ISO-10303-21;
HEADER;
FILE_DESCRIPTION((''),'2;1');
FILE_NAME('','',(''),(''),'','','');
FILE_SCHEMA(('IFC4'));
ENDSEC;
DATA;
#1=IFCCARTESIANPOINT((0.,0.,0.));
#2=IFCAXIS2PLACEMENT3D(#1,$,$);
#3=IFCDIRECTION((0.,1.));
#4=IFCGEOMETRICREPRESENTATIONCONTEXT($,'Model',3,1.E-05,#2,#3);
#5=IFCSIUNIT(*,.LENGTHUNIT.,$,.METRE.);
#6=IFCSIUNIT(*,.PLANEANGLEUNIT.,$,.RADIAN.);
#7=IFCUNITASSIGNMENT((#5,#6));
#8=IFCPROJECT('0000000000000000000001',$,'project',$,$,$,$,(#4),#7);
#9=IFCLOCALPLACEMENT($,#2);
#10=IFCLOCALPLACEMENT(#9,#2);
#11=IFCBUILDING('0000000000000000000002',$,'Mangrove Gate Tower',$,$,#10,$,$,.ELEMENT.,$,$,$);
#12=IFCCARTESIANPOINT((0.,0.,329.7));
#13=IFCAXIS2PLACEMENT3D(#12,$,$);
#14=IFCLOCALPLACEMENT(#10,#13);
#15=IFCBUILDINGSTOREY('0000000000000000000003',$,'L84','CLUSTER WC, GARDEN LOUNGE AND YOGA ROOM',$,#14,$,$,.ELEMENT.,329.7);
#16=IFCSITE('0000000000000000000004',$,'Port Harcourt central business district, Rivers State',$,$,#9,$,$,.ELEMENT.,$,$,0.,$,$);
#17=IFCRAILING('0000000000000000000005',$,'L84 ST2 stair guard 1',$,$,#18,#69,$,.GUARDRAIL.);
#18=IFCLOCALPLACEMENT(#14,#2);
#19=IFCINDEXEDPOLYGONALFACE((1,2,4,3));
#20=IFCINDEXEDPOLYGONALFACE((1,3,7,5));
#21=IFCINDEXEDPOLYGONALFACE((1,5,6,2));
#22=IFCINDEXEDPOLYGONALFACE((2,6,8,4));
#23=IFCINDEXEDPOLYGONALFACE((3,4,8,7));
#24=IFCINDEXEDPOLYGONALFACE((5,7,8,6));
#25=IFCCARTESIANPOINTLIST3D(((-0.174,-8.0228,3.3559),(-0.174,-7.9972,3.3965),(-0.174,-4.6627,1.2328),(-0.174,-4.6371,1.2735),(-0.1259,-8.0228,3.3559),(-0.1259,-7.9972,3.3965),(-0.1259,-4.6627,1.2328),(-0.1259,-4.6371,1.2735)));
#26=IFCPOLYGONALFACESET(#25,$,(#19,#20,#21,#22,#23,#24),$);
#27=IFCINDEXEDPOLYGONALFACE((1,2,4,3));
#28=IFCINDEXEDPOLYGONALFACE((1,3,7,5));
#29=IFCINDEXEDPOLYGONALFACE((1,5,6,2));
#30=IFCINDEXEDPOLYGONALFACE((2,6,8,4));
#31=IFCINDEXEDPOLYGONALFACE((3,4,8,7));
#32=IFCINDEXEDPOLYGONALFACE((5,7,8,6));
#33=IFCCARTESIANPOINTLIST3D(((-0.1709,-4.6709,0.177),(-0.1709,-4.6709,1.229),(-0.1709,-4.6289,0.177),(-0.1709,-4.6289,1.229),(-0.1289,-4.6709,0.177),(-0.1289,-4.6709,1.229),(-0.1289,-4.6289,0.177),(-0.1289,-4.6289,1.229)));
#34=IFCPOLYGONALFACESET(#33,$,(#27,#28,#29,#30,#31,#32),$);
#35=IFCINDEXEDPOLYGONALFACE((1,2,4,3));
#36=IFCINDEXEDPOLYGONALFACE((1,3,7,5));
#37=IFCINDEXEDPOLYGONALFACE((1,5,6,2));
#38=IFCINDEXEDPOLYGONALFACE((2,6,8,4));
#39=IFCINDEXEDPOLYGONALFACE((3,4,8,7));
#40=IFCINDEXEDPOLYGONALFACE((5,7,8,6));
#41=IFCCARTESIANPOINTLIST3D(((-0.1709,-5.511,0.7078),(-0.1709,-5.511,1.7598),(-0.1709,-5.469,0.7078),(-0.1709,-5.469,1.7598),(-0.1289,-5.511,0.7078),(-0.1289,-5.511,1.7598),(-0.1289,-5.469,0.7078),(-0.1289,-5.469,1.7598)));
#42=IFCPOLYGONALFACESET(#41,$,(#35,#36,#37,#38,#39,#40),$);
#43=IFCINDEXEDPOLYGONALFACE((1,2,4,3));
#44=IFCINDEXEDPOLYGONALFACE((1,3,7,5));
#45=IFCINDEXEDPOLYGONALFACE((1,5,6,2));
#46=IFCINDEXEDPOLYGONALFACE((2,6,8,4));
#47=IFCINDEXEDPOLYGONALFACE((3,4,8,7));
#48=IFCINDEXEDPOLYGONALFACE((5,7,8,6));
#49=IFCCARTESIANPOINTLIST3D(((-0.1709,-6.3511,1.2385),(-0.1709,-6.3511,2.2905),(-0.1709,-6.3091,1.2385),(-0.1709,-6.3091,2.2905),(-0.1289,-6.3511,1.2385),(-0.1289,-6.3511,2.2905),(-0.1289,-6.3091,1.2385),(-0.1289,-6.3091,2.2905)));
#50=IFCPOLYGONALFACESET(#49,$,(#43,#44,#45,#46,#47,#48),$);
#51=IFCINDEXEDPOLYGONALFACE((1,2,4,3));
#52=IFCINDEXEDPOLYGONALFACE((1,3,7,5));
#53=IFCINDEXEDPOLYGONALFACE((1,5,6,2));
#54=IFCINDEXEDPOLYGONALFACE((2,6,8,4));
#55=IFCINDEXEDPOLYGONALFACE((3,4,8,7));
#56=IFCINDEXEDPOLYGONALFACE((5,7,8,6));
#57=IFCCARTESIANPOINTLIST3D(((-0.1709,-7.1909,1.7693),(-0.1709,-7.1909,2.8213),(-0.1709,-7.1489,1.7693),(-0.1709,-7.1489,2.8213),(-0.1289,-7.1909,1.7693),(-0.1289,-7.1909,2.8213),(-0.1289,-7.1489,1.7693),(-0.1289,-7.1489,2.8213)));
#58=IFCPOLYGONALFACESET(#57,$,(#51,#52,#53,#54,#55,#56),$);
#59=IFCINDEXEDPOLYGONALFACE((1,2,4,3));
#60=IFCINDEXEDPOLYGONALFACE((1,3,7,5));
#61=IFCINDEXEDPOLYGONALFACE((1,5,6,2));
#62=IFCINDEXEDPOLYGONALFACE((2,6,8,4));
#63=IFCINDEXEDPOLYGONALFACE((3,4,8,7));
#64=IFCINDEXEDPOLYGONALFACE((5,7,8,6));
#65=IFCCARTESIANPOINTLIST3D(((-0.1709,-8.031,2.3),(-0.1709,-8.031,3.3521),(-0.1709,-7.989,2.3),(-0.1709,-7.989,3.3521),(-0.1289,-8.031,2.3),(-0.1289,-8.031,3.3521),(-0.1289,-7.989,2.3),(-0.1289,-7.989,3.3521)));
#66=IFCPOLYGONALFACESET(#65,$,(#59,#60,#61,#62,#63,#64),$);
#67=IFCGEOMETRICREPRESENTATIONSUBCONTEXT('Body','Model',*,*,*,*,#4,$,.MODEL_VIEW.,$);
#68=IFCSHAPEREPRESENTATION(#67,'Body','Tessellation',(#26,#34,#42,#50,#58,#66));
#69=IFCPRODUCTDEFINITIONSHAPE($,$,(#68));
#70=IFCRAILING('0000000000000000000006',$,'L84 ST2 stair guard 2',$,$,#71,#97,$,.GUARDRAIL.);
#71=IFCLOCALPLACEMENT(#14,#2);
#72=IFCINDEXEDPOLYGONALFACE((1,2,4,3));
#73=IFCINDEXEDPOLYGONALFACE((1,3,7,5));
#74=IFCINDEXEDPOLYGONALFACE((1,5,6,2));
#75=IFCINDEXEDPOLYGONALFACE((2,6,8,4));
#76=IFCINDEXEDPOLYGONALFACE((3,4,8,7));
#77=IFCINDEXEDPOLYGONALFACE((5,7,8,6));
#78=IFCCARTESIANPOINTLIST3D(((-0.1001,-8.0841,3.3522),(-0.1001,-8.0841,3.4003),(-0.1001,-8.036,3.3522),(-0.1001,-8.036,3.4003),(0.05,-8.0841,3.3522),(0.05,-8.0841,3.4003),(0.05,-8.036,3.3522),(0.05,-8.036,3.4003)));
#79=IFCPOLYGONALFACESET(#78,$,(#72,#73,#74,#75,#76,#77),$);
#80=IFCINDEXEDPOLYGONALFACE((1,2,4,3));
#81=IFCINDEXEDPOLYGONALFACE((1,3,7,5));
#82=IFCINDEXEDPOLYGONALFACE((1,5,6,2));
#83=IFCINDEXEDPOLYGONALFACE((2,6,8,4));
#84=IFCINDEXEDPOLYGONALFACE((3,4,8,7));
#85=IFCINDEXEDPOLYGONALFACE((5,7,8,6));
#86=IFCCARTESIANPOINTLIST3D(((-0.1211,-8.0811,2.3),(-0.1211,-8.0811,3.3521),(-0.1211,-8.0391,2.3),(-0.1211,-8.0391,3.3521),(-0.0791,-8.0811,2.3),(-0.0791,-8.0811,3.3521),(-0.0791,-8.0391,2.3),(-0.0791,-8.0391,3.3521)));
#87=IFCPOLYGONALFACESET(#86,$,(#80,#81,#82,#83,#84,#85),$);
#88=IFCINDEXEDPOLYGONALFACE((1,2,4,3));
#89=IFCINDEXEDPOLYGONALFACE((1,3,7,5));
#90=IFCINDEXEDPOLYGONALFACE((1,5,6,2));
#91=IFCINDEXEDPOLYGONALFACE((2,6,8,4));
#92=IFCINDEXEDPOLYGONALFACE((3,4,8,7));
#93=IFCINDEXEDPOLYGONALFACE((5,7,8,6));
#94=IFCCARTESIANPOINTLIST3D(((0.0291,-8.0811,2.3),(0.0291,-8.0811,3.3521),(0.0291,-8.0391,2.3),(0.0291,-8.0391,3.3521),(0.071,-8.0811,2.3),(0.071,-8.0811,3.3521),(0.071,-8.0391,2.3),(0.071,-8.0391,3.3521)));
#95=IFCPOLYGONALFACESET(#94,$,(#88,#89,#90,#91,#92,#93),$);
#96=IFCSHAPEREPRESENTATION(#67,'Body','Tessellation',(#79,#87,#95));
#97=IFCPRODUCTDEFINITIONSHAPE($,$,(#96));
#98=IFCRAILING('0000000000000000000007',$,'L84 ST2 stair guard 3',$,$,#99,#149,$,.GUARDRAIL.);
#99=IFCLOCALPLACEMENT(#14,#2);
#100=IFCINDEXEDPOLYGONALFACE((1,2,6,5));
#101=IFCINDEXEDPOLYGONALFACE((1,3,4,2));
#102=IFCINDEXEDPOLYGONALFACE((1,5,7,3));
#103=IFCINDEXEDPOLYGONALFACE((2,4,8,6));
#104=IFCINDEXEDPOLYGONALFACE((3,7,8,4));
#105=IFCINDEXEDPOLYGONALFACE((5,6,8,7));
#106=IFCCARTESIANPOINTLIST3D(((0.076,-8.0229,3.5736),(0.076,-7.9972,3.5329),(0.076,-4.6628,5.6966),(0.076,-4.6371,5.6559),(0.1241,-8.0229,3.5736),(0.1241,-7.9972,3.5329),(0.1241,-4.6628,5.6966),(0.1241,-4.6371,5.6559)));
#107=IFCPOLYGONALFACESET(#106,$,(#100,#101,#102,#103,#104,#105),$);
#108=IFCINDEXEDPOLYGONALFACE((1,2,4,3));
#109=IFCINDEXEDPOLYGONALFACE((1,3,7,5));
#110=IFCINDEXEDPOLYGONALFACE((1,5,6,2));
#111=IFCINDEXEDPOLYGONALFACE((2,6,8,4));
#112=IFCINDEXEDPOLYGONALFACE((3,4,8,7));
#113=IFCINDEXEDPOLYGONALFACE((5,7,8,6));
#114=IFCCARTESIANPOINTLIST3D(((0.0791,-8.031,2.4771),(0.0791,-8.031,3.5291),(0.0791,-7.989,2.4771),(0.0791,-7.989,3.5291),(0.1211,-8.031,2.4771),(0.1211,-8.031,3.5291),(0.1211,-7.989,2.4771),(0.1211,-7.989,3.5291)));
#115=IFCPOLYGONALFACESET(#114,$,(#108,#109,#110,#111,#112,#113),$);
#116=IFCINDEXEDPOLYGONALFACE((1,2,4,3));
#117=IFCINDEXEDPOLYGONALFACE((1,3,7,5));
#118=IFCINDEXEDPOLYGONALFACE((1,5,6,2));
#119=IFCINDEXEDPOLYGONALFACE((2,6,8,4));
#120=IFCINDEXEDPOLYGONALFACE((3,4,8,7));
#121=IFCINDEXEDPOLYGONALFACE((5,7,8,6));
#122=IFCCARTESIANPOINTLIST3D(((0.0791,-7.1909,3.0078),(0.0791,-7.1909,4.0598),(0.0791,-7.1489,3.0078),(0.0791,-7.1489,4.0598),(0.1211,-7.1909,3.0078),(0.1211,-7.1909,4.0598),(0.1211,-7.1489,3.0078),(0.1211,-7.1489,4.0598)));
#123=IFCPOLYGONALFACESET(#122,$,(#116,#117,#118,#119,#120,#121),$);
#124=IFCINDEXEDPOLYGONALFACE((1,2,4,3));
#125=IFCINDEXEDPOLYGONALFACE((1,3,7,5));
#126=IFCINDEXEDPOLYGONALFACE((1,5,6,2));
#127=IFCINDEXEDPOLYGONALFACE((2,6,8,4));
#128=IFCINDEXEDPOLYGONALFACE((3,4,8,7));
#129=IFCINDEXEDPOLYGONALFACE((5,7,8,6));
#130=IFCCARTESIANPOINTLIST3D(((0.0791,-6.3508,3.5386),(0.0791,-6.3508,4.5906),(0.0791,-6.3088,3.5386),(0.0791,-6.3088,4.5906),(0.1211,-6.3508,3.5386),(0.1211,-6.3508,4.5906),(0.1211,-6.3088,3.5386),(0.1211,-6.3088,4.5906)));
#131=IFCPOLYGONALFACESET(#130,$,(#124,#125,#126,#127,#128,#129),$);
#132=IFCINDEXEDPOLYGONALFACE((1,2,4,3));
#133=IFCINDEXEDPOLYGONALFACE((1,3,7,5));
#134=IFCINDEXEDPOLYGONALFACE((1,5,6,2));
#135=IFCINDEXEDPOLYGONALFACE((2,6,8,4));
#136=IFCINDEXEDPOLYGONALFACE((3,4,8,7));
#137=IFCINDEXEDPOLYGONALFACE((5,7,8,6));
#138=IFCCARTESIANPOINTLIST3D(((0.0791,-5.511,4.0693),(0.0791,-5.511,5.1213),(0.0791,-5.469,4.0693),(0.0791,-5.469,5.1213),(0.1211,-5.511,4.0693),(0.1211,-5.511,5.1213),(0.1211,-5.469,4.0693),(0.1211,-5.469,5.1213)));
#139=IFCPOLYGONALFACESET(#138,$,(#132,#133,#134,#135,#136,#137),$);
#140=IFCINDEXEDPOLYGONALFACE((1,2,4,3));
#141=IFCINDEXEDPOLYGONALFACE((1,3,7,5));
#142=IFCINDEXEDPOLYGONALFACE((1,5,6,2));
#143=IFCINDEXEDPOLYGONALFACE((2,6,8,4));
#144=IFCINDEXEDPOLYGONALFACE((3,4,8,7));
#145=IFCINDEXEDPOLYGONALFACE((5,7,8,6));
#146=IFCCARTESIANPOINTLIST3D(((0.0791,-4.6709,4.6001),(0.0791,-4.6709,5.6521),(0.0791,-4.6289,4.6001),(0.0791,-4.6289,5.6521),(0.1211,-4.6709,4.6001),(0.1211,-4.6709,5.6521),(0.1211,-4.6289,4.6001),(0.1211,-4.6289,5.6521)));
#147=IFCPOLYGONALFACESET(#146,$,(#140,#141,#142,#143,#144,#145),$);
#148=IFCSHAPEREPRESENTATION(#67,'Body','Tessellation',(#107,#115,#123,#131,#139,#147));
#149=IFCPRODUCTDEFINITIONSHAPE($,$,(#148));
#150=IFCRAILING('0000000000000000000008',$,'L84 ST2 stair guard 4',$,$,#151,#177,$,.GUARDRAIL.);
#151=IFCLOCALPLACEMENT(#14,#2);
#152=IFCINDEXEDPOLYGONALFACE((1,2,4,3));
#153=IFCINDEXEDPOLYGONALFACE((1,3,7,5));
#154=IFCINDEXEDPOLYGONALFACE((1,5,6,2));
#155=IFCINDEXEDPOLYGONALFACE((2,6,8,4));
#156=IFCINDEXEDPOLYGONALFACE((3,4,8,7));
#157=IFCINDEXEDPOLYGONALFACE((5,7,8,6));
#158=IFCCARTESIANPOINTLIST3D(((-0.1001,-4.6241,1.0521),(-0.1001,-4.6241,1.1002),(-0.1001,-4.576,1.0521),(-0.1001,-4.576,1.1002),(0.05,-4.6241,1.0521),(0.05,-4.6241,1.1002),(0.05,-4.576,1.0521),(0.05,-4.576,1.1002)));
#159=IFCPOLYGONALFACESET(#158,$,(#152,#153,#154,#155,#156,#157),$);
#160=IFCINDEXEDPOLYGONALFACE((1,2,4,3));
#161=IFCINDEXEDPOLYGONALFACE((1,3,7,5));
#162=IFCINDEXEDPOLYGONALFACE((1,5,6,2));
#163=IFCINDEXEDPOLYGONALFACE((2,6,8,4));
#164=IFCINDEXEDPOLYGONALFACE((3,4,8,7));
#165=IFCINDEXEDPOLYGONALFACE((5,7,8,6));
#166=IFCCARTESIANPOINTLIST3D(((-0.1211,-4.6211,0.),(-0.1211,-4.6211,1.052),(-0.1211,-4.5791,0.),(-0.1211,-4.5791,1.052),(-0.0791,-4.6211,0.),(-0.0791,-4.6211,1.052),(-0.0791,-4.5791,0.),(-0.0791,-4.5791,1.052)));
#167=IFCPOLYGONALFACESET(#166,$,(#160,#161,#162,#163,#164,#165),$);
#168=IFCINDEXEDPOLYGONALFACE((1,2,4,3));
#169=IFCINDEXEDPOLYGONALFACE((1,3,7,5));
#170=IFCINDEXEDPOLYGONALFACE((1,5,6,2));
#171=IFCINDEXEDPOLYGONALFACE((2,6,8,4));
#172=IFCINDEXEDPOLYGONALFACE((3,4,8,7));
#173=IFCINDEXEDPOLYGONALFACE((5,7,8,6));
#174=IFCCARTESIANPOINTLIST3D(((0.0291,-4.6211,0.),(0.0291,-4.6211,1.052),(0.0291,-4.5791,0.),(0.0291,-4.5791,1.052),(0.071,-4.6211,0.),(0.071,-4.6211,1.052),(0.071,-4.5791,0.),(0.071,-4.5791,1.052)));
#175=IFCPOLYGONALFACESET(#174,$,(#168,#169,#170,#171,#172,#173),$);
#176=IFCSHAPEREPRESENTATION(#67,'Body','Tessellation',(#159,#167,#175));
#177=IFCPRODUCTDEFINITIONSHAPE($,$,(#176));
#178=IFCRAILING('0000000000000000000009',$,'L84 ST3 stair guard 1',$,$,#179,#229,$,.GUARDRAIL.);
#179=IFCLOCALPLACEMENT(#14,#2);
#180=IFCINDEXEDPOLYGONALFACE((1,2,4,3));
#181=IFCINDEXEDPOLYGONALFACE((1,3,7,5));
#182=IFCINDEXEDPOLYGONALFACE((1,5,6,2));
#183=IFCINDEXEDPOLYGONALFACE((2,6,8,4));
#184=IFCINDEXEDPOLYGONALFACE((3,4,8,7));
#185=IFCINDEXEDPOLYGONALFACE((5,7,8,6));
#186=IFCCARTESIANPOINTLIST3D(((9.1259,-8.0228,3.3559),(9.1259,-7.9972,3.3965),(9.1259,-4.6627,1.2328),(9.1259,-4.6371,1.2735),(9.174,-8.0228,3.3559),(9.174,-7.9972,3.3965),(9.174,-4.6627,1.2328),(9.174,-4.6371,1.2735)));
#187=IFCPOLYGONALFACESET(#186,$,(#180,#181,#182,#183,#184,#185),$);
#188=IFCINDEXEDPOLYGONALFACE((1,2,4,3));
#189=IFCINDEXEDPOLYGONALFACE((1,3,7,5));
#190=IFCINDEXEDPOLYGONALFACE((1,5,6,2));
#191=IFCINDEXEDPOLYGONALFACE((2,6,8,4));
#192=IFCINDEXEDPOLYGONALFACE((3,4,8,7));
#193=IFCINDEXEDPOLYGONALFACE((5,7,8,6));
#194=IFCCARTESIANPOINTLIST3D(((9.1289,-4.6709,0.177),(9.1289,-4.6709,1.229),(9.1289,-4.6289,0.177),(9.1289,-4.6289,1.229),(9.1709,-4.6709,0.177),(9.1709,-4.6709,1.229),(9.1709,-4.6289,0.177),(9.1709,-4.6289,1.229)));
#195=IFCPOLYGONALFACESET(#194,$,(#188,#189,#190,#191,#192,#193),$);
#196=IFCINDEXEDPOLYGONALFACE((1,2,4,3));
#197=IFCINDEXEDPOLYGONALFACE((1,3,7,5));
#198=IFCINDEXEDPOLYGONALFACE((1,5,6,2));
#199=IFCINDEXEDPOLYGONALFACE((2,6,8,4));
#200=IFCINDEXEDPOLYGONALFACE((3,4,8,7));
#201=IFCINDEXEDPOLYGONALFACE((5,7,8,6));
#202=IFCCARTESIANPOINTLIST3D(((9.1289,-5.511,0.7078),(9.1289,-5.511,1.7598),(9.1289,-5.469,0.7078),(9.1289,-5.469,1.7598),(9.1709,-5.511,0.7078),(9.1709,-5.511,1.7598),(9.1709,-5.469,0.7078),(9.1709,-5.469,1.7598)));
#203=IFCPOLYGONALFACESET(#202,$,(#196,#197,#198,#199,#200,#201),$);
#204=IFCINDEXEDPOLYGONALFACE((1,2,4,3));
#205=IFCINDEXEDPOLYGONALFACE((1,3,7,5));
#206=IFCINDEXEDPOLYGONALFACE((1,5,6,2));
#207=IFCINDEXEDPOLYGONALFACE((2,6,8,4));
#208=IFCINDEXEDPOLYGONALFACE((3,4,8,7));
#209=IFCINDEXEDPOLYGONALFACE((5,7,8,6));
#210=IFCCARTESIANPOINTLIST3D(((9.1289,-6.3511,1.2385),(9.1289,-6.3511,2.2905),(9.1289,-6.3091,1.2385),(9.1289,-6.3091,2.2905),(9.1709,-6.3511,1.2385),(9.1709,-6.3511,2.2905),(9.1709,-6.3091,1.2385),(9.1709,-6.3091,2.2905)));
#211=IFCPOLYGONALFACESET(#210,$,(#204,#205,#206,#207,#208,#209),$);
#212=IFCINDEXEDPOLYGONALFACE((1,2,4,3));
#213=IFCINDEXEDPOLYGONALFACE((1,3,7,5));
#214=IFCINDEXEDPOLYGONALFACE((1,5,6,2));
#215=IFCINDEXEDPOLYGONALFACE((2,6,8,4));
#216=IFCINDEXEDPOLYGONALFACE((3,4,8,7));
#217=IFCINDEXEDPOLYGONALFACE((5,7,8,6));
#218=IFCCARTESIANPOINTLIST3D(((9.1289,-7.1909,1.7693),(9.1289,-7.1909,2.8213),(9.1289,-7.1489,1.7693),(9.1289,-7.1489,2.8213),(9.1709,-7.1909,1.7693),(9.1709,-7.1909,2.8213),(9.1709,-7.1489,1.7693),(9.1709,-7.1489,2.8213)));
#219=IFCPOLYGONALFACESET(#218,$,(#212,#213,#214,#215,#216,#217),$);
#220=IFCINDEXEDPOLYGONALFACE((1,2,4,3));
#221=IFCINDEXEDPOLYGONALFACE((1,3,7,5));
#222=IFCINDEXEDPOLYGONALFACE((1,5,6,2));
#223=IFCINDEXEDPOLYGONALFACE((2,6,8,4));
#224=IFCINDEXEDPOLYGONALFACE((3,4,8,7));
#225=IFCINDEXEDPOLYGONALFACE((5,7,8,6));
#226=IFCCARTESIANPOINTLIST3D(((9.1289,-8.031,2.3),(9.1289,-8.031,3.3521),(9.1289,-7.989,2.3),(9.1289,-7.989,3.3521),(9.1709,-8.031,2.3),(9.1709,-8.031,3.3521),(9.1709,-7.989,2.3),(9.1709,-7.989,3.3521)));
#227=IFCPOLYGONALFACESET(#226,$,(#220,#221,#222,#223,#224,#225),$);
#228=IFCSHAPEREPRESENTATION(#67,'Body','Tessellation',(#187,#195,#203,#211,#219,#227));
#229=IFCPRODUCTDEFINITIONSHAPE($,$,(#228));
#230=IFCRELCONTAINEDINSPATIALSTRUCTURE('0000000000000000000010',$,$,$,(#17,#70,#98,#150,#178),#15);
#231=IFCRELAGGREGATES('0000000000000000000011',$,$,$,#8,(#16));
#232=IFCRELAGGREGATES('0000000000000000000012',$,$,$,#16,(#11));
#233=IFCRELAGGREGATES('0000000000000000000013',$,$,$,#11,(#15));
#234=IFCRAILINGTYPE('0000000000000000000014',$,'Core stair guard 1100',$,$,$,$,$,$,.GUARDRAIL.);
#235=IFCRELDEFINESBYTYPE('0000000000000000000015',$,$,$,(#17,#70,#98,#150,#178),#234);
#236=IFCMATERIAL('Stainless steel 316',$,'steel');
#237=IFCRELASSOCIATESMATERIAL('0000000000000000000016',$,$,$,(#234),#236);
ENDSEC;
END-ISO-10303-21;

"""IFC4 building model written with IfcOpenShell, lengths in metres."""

from ifc_helpers import new_model, si_unit, direction, frame, origin, origin_2d, place, context, subcontext, project, spatial, rectangle, extrude, material, type_object, element, save


model = new_model("IFC4")

# Units and contexts
model_context = context("Model", 3, precision=1e-05, world=origin(), true_north=direction((0.0, 1.0)))
body_context = subcontext(model_context, "Body", "Model", "MODEL_VIEW")
ifc_project = project(units=[si_unit("LENGTHUNIT", "METRE"), si_unit("PLANEANGLEUNIT", "RADIAN")], contexts=[model_context])

# Site, building, storey
site_placement = place(None, origin())
site = spatial("IfcSite", under=ifc_project, at=site_placement, Name="Port Harcourt central business district, Rivers State", CompositionType="ELEMENT", RefElevation=0.0)
building_placement = place(site_placement, origin())
building = spatial("IfcBuilding", under=site, at=building_placement, Name="Mangrove Gate Tower", CompositionType="ELEMENT")
storey_placement = place(building_placement, frame((0.0, 0.0, 329.7)))
storey = spatial("IfcBuildingStorey", under=building, at=storey_placement, Name="L84", Description="CLUSTER WC, GARDEN LOUNGE AND YOGA ROOM", CompositionType="ELEMENT", Elevation=329.7)

# Railings
ifc_material_1 = material(Name="Stainless steel 316", Category="steel")
railing_type_1 = type_object("IfcRailingType", Name="Core stair guard 1100", PredefinedType="GUARDRAIL", material=ifc_material_1)
railing_1_placement = place(storey_placement, frame((-0.1499, -4.6499, 0.177)))
element("IfcRailing", 1, at=railing_1_placement, inside=storey, type_object=railing_type_1, Name="L84 ST2 stair guard 1", PredefinedType="GUARDRAIL", context=body_context, shape_type="SweptSolid", body=[
    extrude(rectangle(XDim=0.0481, YDim=0.0481, at=origin_2d()), frame((0.0, 0.0, 1.0762), z_axis=(0.0, -0.84539, 0.53415), x_axis=(1.0, 0.0, 0.0)), (0.0, 0.0, 1.0), 3.9746),
    extrude(rectangle(XDim=0.042, YDim=0.042, at=origin_2d()), origin(), (0.0, 0.0, 1.0), 1.052),
    extrude(rectangle(XDim=0.042, YDim=0.042, at=origin_2d()), frame((0.0, -0.8401, 0.5308)), (0.0, 0.0, 1.0), 1.052),
    extrude(rectangle(XDim=0.042, YDim=0.042, at=origin_2d()), frame((0.0, -1.6802, 1.0615)), (0.0, 0.0, 1.0), 1.052),
    extrude(rectangle(XDim=0.042, YDim=0.042, at=origin_2d()), frame((0.0, -2.52, 1.5923)), (0.0, 0.0, 1.0), 1.052),
    extrude(rectangle(XDim=0.042, YDim=0.042, at=origin_2d()), frame((0.0, -3.3601, 2.123)), (0.0, 0.0, 1.0), 1.052),
])
railing_2_placement = place(storey_placement, frame((-0.1001, -8.0601, 2.3)))
element("IfcRailing", 2, at=railing_2_placement, inside=storey, type_object=railing_type_1, Name="L84 ST2 stair guard 2", PredefinedType="GUARDRAIL", context=body_context, shape_type="SweptSolid", body=[
    extrude(rectangle(XDim=0.0481, YDim=0.0481, at=origin_2d()), frame((0.0, 0.0, 1.0762), z_axis=(1.0, 0.0, 0.0), x_axis=(0.0, 1.0, 0.0)), (0.0, 0.0, 1.0), 0.1501),
    extrude(rectangle(XDim=0.042, YDim=0.042, at=origin_2d()), origin(), (0.0, 0.0, 1.0), 1.052),
    extrude(rectangle(XDim=0.042, YDim=0.042, at=origin_2d()), frame((0.1501, 0.0, 0.0)), (0.0, 0.0, 1.0), 1.052),
])
railing_3_placement = place(storey_placement, frame((0.1001, -8.01, 2.4771)))
element("IfcRailing", 3, at=railing_3_placement, inside=storey, type_object=railing_type_1, Name="L84 ST2 stair guard 3", PredefinedType="GUARDRAIL", context=body_context, shape_type="SweptSolid", body=[
    extrude(rectangle(XDim=0.0481, YDim=0.0481, at=origin_2d()), frame((0.0, 0.0, 1.0762), z_axis=(0.0, 0.84539, 0.53415), x_axis=(-1.0, 0.0, 0.0)), (0.0, 0.0, 1.0), 3.9746),
    extrude(rectangle(XDim=0.042, YDim=0.042, at=origin_2d()), origin(), (0.0, 0.0, 1.0), 1.052),
    extrude(rectangle(XDim=0.042, YDim=0.042, at=origin_2d()), frame((0.0, 0.8401, 0.5308)), (0.0, 0.0, 1.0), 1.052),
    extrude(rectangle(XDim=0.042, YDim=0.042, at=origin_2d()), frame((0.0, 1.6802, 1.0615)), (0.0, 0.0, 1.0), 1.052),
    extrude(rectangle(XDim=0.042, YDim=0.042, at=origin_2d()), frame((0.0, 2.52, 1.5923)), (0.0, 0.0, 1.0), 1.052),
    extrude(rectangle(XDim=0.042, YDim=0.042, at=origin_2d()), frame((0.0, 3.3601, 2.123)), (0.0, 0.0, 1.0), 1.052),
])
railing_4_placement = place(storey_placement, frame((-0.1001, -4.6001, 0.0)))
element("IfcRailing", 4, at=railing_4_placement, inside=storey, type_object=railing_type_1, Name="L84 ST2 stair guard 4", PredefinedType="GUARDRAIL", context=body_context, shape_type="SweptSolid", body=[
    extrude(rectangle(XDim=0.0481, YDim=0.0481, at=origin_2d()), frame((0.0, 0.0, 1.0762), z_axis=(1.0, 0.0, 0.0), x_axis=(0.0, 1.0, 0.0)), (0.0, 0.0, 1.0), 0.1501),
    extrude(rectangle(XDim=0.042, YDim=0.042, at=origin_2d()), origin(), (0.0, 0.0, 1.0), 1.052),
    extrude(rectangle(XDim=0.042, YDim=0.042, at=origin_2d()), frame((0.1501, 0.0, 0.0)), (0.0, 0.0, 1.0), 1.052),
])
railing_5_placement = place(storey_placement, frame((9.1499, -4.6499, 0.177)))
element("IfcRailing", 5, at=railing_5_placement, inside=storey, type_object=railing_type_1, Name="L84 ST3 stair guard 1", PredefinedType="GUARDRAIL", context=body_context, shape_type="SweptSolid", body=[
    extrude(rectangle(XDim=0.0481, YDim=0.0481, at=origin_2d()), frame((0.0, 0.0, 1.0762), z_axis=(0.0, -0.84539, 0.53415), x_axis=(1.0, 0.0, 0.0)), (0.0, 0.0, 1.0), 3.9746),
    extrude(rectangle(XDim=0.042, YDim=0.042, at=origin_2d()), origin(), (0.0, 0.0, 1.0), 1.052),
    extrude(rectangle(XDim=0.042, YDim=0.042, at=origin_2d()), frame((0.0, -0.8401, 0.5308)), (0.0, 0.0, 1.0), 1.052),
    extrude(rectangle(XDim=0.042, YDim=0.042, at=origin_2d()), frame((0.0, -1.6802, 1.0615)), (0.0, 0.0, 1.0), 1.052),
    extrude(rectangle(XDim=0.042, YDim=0.042, at=origin_2d()), frame((0.0, -2.52, 1.5923)), (0.0, 0.0, 1.0), 1.052),
    extrude(rectangle(XDim=0.042, YDim=0.042, at=origin_2d()), frame((0.0, -3.3601, 2.123)), (0.0, 0.0, 1.0), 1.052),
])

save(model, "model.ifc")
